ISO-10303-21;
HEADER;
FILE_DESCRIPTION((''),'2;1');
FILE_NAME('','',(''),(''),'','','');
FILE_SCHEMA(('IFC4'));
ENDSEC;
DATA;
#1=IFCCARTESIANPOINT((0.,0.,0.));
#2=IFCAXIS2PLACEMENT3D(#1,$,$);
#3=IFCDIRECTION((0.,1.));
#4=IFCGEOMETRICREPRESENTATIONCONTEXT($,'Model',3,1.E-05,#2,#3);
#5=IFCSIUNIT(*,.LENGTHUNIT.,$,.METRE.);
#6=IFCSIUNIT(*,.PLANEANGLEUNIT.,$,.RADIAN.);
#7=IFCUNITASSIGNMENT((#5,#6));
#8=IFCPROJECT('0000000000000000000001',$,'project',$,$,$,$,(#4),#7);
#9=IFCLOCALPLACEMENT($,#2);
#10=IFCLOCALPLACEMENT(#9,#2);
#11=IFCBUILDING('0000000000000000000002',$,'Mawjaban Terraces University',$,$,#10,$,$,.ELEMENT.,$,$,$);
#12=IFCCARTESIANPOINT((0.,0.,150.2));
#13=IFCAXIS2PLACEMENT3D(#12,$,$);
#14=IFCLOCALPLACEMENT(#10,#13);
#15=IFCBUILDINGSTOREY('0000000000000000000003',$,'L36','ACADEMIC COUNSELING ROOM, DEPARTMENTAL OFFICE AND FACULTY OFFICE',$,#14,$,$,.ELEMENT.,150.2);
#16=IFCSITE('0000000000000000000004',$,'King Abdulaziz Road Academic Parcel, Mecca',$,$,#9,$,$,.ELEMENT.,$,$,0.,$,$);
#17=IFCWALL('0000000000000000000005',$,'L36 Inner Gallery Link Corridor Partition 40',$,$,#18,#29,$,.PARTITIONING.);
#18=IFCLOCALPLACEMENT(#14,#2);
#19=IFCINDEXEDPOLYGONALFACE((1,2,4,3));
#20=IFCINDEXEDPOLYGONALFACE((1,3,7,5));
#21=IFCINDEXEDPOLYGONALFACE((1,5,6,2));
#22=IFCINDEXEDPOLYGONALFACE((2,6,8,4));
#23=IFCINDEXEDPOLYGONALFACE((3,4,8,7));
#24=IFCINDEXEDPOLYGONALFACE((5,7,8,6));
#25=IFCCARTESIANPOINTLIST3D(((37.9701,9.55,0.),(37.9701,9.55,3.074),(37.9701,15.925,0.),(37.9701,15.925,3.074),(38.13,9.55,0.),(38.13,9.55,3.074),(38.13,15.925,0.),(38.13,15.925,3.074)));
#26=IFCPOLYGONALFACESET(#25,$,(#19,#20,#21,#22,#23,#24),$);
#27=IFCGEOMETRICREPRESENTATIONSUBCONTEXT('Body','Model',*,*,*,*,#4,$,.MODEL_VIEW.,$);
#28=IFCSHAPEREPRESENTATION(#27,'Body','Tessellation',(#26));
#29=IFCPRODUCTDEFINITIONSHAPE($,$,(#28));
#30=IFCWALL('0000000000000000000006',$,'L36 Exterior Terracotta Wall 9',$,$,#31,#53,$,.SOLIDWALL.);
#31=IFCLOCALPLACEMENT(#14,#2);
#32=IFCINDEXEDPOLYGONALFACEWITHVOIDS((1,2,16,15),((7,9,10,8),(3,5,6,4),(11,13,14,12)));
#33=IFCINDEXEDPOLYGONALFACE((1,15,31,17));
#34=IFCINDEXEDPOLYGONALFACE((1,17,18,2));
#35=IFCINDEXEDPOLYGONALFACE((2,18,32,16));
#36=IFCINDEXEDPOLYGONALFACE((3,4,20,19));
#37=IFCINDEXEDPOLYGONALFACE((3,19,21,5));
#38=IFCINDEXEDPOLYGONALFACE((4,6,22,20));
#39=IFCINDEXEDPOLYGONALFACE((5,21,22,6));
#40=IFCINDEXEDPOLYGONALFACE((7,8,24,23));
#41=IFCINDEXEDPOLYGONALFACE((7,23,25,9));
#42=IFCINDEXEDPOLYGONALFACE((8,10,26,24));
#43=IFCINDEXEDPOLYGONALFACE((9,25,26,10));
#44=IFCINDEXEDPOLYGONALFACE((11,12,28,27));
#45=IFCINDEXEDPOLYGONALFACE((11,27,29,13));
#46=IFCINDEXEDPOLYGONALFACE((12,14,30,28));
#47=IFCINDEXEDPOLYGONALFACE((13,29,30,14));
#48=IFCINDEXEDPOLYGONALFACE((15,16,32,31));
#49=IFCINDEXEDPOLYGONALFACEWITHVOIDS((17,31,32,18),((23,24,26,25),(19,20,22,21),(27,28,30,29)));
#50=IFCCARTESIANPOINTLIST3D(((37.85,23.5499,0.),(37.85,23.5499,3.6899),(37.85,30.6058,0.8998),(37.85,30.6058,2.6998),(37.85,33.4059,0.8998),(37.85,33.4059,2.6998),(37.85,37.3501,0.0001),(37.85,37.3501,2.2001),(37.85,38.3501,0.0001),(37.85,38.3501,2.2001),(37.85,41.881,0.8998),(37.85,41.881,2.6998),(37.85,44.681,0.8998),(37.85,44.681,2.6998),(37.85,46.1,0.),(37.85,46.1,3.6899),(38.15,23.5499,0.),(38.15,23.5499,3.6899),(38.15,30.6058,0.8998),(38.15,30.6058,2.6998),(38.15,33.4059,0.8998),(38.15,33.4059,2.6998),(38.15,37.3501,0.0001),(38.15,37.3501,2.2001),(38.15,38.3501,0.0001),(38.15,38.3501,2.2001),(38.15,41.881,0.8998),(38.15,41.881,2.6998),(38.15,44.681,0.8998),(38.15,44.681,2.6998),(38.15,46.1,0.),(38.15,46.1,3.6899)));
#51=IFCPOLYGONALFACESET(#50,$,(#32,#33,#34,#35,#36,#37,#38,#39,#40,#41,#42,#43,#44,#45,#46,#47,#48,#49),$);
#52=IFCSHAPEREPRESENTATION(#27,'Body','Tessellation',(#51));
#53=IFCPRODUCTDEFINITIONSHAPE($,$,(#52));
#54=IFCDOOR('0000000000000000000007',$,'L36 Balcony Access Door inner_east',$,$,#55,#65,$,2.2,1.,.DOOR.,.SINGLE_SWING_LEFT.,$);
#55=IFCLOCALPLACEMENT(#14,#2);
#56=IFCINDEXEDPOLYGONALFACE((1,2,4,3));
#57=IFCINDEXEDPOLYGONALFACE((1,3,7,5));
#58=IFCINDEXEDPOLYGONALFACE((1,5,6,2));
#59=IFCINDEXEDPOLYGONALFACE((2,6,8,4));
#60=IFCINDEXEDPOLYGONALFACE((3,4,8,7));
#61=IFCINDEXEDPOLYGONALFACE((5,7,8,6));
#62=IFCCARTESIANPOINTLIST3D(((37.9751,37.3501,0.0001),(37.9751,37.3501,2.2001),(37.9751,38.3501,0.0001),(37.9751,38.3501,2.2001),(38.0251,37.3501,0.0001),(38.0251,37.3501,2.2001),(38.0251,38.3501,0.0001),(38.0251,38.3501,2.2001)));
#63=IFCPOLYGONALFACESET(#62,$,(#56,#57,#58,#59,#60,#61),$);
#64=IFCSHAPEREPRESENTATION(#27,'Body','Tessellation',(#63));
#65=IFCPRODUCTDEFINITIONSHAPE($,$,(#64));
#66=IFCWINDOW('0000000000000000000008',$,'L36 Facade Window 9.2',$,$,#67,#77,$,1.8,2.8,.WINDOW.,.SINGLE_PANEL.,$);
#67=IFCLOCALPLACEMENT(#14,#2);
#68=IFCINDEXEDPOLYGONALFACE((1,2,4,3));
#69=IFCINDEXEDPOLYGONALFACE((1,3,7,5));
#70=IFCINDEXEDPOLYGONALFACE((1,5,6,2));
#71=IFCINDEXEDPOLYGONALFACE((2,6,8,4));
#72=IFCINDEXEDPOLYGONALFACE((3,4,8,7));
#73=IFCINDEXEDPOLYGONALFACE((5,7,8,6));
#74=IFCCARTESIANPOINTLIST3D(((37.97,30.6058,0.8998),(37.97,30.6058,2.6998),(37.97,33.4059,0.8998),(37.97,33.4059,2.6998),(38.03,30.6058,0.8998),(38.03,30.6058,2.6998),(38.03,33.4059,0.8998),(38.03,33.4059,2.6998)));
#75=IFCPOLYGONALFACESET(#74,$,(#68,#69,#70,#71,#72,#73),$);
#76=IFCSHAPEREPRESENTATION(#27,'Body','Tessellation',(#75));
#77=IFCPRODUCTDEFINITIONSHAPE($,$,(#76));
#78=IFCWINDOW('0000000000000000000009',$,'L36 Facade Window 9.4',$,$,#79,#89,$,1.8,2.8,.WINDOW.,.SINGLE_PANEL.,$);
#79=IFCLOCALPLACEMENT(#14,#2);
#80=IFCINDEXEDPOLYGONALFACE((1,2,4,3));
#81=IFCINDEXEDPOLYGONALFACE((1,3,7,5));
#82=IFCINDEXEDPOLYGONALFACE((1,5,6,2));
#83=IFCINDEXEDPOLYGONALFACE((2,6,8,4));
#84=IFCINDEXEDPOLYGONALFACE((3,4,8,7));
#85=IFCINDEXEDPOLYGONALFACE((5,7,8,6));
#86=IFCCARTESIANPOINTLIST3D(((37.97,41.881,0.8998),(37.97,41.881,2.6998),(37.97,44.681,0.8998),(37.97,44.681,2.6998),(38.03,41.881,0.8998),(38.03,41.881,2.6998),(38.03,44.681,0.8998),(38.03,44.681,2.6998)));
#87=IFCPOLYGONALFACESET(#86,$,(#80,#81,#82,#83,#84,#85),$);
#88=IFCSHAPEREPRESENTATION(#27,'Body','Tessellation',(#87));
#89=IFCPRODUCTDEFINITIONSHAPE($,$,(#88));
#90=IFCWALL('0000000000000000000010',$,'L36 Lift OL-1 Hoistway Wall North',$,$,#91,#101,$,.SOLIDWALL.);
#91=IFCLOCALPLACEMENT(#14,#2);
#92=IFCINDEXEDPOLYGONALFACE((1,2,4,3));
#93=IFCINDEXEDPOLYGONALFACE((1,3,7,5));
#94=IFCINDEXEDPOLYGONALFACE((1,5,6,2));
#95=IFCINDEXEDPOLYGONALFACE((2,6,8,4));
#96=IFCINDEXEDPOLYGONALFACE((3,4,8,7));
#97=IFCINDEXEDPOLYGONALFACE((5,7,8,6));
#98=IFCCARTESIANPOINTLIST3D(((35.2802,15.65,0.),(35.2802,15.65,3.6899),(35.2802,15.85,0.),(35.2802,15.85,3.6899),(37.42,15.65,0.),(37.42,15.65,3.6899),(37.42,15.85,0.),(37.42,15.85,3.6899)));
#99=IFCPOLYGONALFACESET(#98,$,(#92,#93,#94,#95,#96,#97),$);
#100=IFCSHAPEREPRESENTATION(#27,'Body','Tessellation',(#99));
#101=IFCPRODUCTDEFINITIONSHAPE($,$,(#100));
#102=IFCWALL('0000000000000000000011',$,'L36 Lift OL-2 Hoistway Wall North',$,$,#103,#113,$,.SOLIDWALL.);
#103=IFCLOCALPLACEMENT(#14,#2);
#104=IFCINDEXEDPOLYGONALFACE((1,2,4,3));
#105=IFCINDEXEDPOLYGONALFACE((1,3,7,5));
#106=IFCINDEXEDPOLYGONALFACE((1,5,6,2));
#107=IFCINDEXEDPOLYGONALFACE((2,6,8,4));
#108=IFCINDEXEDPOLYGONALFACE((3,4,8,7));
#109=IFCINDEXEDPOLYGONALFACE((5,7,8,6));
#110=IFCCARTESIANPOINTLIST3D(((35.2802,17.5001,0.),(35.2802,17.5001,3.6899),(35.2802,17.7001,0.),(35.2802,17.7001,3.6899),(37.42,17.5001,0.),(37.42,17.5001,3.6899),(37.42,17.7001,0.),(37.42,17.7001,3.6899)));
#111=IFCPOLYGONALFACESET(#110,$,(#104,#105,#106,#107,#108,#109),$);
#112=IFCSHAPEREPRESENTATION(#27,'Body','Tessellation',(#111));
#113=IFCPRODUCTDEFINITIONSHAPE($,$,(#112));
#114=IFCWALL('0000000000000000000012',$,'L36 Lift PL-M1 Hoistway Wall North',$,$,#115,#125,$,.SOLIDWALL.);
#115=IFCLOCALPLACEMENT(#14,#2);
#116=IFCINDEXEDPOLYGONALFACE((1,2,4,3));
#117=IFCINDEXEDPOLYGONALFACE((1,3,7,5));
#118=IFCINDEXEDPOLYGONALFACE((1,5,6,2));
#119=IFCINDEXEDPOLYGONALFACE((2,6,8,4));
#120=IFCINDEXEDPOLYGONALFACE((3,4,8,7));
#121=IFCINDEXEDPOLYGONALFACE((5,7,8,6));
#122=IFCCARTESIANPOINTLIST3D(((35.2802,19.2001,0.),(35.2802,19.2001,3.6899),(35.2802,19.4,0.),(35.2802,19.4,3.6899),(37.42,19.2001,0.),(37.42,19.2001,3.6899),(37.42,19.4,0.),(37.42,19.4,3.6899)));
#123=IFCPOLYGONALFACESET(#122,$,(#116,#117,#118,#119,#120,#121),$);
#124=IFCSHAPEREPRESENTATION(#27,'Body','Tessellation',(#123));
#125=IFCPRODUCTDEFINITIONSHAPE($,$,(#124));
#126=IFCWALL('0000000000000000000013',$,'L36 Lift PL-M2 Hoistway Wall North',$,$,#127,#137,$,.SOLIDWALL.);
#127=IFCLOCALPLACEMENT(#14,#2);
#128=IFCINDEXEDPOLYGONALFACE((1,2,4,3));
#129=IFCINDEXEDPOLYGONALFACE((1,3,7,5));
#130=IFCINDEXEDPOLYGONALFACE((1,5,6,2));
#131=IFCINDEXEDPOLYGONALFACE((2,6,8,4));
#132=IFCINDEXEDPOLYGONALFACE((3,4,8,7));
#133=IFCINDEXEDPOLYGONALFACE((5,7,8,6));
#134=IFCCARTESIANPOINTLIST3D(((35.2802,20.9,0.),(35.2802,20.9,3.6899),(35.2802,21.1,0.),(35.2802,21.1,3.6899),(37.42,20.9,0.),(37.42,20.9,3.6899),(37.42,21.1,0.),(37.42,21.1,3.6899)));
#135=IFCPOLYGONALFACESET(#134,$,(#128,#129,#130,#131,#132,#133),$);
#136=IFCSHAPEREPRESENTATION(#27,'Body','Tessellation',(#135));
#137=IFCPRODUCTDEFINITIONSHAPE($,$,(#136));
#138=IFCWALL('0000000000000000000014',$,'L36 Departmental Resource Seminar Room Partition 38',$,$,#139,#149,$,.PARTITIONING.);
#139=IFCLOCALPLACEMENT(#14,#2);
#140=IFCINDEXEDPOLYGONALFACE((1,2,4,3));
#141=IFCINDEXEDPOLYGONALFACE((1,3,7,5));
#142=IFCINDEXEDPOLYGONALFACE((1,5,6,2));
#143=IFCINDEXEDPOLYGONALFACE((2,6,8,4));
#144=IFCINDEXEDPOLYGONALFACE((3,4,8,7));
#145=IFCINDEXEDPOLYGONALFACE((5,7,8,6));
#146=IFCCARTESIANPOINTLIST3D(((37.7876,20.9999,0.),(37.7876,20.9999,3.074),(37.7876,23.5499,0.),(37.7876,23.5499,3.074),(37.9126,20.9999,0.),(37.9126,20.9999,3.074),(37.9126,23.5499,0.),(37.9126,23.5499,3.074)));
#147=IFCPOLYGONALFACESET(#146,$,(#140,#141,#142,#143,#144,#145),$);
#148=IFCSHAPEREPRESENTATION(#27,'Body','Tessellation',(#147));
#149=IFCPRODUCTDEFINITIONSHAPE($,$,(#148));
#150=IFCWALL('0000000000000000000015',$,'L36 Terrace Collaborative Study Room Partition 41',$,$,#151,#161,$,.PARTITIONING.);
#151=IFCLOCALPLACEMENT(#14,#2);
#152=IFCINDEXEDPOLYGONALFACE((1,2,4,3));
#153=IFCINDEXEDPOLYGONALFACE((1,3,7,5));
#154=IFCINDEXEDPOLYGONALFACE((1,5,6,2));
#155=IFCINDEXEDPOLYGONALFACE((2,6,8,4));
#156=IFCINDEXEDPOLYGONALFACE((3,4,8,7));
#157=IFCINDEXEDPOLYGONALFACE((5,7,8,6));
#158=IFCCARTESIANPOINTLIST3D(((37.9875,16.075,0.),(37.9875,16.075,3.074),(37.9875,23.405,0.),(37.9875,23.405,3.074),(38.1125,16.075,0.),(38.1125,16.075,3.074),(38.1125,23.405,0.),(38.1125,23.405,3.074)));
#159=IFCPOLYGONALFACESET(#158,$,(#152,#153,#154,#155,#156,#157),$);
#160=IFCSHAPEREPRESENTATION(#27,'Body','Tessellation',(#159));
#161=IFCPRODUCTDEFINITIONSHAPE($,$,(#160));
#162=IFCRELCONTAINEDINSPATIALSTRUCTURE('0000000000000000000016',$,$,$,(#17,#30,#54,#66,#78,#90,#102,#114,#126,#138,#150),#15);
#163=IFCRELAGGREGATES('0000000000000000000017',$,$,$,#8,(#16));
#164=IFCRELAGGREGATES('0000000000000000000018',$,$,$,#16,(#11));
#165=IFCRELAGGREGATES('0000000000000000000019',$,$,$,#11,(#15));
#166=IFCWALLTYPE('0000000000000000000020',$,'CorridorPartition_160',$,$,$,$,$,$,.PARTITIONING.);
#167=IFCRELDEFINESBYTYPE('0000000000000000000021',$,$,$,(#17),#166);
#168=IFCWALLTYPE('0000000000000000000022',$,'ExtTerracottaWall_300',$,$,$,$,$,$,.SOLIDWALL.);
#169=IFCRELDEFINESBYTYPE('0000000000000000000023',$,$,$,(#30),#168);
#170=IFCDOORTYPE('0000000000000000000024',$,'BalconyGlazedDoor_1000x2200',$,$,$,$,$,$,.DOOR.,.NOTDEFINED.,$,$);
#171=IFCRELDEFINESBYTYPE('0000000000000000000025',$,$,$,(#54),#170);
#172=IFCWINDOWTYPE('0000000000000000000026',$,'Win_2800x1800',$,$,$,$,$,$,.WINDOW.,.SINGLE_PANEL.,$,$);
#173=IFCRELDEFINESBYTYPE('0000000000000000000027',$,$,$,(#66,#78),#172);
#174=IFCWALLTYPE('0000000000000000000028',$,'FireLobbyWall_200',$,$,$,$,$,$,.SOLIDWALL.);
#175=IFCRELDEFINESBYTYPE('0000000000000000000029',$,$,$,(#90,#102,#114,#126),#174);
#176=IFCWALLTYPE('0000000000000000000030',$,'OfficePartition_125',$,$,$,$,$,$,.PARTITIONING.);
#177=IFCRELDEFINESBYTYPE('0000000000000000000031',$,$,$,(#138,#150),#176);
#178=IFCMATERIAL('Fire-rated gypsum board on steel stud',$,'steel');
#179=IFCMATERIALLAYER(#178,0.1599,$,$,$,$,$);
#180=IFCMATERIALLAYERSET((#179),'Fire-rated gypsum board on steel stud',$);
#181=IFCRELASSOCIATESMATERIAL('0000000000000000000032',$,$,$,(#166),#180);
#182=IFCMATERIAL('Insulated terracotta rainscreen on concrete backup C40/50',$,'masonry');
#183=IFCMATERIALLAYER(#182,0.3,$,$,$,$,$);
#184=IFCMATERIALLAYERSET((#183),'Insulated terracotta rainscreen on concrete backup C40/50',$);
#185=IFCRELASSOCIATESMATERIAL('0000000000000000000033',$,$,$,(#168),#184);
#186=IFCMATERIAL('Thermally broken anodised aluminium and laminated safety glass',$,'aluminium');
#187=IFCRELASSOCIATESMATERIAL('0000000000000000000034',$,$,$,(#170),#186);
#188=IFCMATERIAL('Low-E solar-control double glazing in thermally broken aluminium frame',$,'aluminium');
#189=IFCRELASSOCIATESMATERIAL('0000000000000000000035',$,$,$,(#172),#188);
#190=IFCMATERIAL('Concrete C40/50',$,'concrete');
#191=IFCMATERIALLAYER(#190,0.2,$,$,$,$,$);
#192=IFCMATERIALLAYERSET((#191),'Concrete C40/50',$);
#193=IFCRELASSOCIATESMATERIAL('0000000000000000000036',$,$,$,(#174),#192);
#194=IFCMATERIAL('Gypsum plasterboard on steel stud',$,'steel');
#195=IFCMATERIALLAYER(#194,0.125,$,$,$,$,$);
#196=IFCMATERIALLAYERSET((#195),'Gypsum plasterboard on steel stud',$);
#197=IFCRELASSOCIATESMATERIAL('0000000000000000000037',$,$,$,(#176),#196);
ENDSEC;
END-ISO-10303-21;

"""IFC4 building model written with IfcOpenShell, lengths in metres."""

from ifc_helpers import new_model, si_unit, direction, frame, frame_2d, origin, place, context, subcontext, project, spatial, rectangle, extrude, material, layer, layer_set, type_object, element, fill, save


model = new_model("IFC4")

# Units and contexts
model_context = context("Model", 3, precision=1e-05, world=origin(), true_north=direction((0.0, 1.0)))
body_context = subcontext(model_context, "Body", "Model", "MODEL_VIEW")
ifc_project = project(units=[si_unit("LENGTHUNIT", "METRE"), si_unit("PLANEANGLEUNIT", "RADIAN")], contexts=[model_context])

# Site, building, storey
site_placement = place(None, origin())
site = spatial("IfcSite", under=ifc_project, at=site_placement, Name="King Abdulaziz Road Academic Parcel, Mecca", CompositionType="ELEMENT", RefElevation=0.0)
building_placement = place(site_placement, origin())
building = spatial("IfcBuilding", under=site, at=building_placement, Name="Mawjaban Terraces University", CompositionType="ELEMENT")
storey_placement = place(building_placement, frame((0.0, 0.0, 150.2)))
storey = spatial("IfcBuildingStorey", under=building, at=storey_placement, Name="L36", Description="ACADEMIC COUNSELING ROOM, DEPARTMENTAL OFFICE AND FACULTY OFFICE", CompositionType="ELEMENT", Elevation=150.2)

# Shared definitions
ifc_material_1 = material(Name="Fire-rated gypsum board on steel stud", Category="steel")
ifc_layer_1 = layer(ifc_material_1, 0.1599)
ifc_layer_set_1 = layer_set([ifc_layer_1], Name="Fire-rated gypsum board on steel stud")
wall_type_1 = type_object("IfcWallType", Name="CorridorPartition_160", PredefinedType="PARTITIONING", material=ifc_layer_set_1)

# Wall
wall_1_placement = place(storey_placement, frame((38.05, 15.925, 0.0), z_axis=(0.0, 0.0, 1.0), x_axis=(0.0, -1.0, 0.0)))
element("IfcWall", 1, at=wall_1_placement, inside=storey, type_object=wall_type_1, Name="L36 Inner Gallery Link Corridor Partition 40", PredefinedType="PARTITIONING", context=body_context, shape_type="SweptSolid", body=[
    extrude(rectangle(XDim=6.375, YDim=0.1599, at=frame_2d((3.1875, 0.0))), origin(), (0.0, 0.0, 1.0), 3.074),
])

# Wall, openings, door, windows
ifc_material_2 = material(Name="Insulated terracotta rainscreen on concrete backup C40/50", Category="masonry")
ifc_layer_2 = layer(ifc_material_2, 0.3)
ifc_layer_set_2 = layer_set([ifc_layer_2], Name="Insulated terracotta rainscreen on concrete backup C40/50")
wall_type_2 = type_object("IfcWallType", Name="ExtTerracottaWall_300", PredefinedType="SOLIDWALL", material=ifc_layer_set_2)
wall_2_placement = place(storey_placement, frame((38.0, 23.55, 0.0), z_axis=(0.0, 0.0, 1.0), x_axis=(0.0, 1.0, 0.0)))
wall_2 = element("IfcWall", 2, at=wall_2_placement, inside=storey, type_object=wall_type_2, Name="L36 Exterior Terracotta Wall 9", PredefinedType="SOLIDWALL", context=body_context, shape_type="SweptSolid", body=[
    extrude(rectangle(XDim=22.55, YDim=0.3, at=frame_2d((11.2749, 0.0))), origin(), (0.0, 0.0, 1.0), 3.6899),
])
opening_1_placement = place(wall_2_placement, frame((13.8, 0.0, 0.0)))
opening_1 = element("IfcOpeningElement", 3, at=opening_1_placement, cuts=wall_2, PredefinedType="OPENING", context=body_context, shape_type="SweptSolid", body=[
    extrude(rectangle(XDim=1.0, YDim=2.2, at=frame_2d((0.5, 1.1001))), frame((0.0, 0.1599, 0.0), z_axis=(0.0, -1.0, 0.0), x_axis=(1.0, 0.0, 0.0)), (0.0, 0.0, 1.0), 0.3201),
])
opening_2_placement = place(wall_2_placement, frame((7.0559, 0.0, 0.8999)))
opening_2 = element("IfcOpeningElement", 4, at=opening_2_placement, cuts=wall_2, PredefinedType="OPENING", context=body_context, shape_type="SweptSolid", body=[
    extrude(rectangle(XDim=2.8, YDim=1.8, at=frame_2d((1.3999, 0.8999))), frame((0.0, 0.1599, 0.0), z_axis=(0.0, -1.0, 0.0), x_axis=(1.0, 0.0, 0.0)), (0.0, 0.0, 1.0), 0.3201),
])
opening_3_placement = place(wall_2_placement, frame((18.3311, 0.0, 0.8999)))
opening_3 = element("IfcOpeningElement", 5, at=opening_3_placement, cuts=wall_2, PredefinedType="OPENING", context=body_context, shape_type="SweptSolid", body=[
    extrude(rectangle(XDim=2.8, YDim=1.8, at=frame_2d((1.3999, 0.8999))), frame((0.0, 0.1599, 0.0), z_axis=(0.0, -1.0, 0.0), x_axis=(1.0, 0.0, 0.0)), (0.0, 0.0, 1.0), 0.3201),
])
ifc_material_3 = material(Name="Thermally broken anodised aluminium and laminated safety glass", Category="aluminium")
door_type_1 = type_object("IfcDoorType", Name="BalconyGlazedDoor_1000x2200", OperationType="NOTDEFINED", PredefinedType="DOOR", material=ifc_material_3)
door_1_placement = place(opening_1_placement, origin())
door_1 = element("IfcDoor", 6, at=door_1_placement, inside=storey, type_object=door_type_1, Name="L36 Balcony Access Door inner_east", OperationType="SINGLE_SWING_LEFT", OverallHeight=2.2, OverallWidth=1.0, PredefinedType="DOOR", context=body_context, shape_type="SweptSolid", body=[
    extrude(rectangle(XDim=1.0, YDim=2.2, at=frame_2d((0.5, 1.1001))), frame((0.0, 0.0249, 0.0), z_axis=(0.0, -1.0, 0.0), x_axis=(1.0, 0.0, 0.0)), (0.0, 0.0, 1.0), 0.05),
])
fill(opening_1, door_1)
ifc_material_4 = material(Name="Low-E solar-control double glazing in thermally broken aluminium frame", Category="aluminium")
window_type = type_object("IfcWindowType", Name="Win_2800x1800", PartitioningType="SINGLE_PANEL", PredefinedType="WINDOW", material=ifc_material_4)
window_1_placement = place(opening_2_placement, origin())
window_1 = element("IfcWindow", 7, at=window_1_placement, inside=storey, type_object=window_type, Name="L36 Facade Window 9.2", OverallHeight=1.8, OverallWidth=2.8, PartitioningType="SINGLE_PANEL", PredefinedType="WINDOW", context=body_context, shape_type="SweptSolid", body=[
    extrude(rectangle(XDim=2.8, YDim=1.8, at=frame_2d((1.3999, 0.8999))), frame((0.0, 0.03, 0.0), z_axis=(0.0, -1.0, 0.0), x_axis=(1.0, 0.0, 0.0)), (0.0, 0.0, 1.0), 0.0601),
])
fill(opening_2, window_1)
window_2_placement = place(opening_3_placement, origin())
window_2 = element("IfcWindow", 8, at=window_2_placement, inside=storey, type_object=window_type, Name="L36 Facade Window 9.4", OverallHeight=1.8, OverallWidth=2.8, PartitioningType="SINGLE_PANEL", PredefinedType="WINDOW", context=body_context, shape_type="SweptSolid", body=[
    extrude(rectangle(XDim=2.8, YDim=1.8, at=frame_2d((1.3999, 0.8999))), frame((0.0, 0.03, 0.0), z_axis=(0.0, -1.0, 0.0), x_axis=(1.0, 0.0, 0.0)), (0.0, 0.0, 1.0), 0.0601),
])
fill(opening_3, window_2)

# Walls
ifc_material_5 = material(Name="Concrete C40/50", Category="concrete")
ifc_layer_3 = layer(ifc_material_5, 0.2)
ifc_layer_set_3 = layer_set([ifc_layer_3], Name="Concrete C40/50")
wall_type_3 = type_object("IfcWallType", Name="FireLobbyWall_200", PredefinedType="SOLIDWALL", material=ifc_layer_set_3)
for number, where, z_axis, x_axis, name in (
    (9, (37.4199, 15.75, 0.0), (0.0, 0.0, 1.0), (-1.0, 0.0, 0.0), "L36 Lift OL-1 Hoistway Wall North"),
    (10, (37.4199, 17.6001, 0.0), (0.0, 0.0, 1.0), (-1.0, 0.0, 0.0), "L36 Lift OL-2 Hoistway Wall North"),
    (11, (37.4199, 19.3, 0.0), (0.0, 0.0, 1.0), (-1.0, 0.0, 0.0), "L36 Lift PL-M1 Hoistway Wall North"),
    (12, (37.4199, 21.0, 0.0), (0.0, 0.0, 1.0), (-1.0, 0.0, 0.0), "L36 Lift PL-M2 Hoistway Wall North"),
):
    element("IfcWall", number, at=place(storey_placement, frame(where, z_axis=z_axis, x_axis=x_axis)), inside=storey, type_object=wall_type_3, Name=name, PredefinedType="SOLIDWALL", context=body_context, shape_type="SweptSolid", body=[
        extrude(rectangle(XDim=2.1399, YDim=0.2, at=frame_2d((1.0698, 0.0))), origin(), (0.0, 0.0, 1.0), 3.6899),
    ])
ifc_material_6 = material(Name="Gypsum plasterboard on steel stud", Category="steel")
ifc_layer_4 = layer(ifc_material_6, 0.125)
ifc_layer_set_4 = layer_set([ifc_layer_4], Name="Gypsum plasterboard on steel stud")
wall_type_4 = type_object("IfcWallType", Name="OfficePartition_125", PredefinedType="PARTITIONING", material=ifc_layer_set_4)
wall_3_placement = place(storey_placement, frame((37.8501, 21.0, 0.0), z_axis=(0.0, 0.0, 1.0), x_axis=(0.0, 1.0, 0.0)))
element("IfcWall", 13, at=wall_3_placement, inside=storey, type_object=wall_type_4, Name="L36 Departmental Resource Seminar Room Partition 38", PredefinedType="PARTITIONING", context=body_context, shape_type="SweptSolid", body=[
    extrude(rectangle(XDim=2.55, YDim=0.125, at=frame_2d((1.2749, 0.0))), origin(), (0.0, 0.0, 1.0), 3.074),
])
wall_4_placement = place(storey_placement, frame((38.05, 23.405, 0.0), z_axis=(0.0, 0.0, 1.0), x_axis=(0.0, -1.0, 0.0)))
element("IfcWall", 14, at=wall_4_placement, inside=storey, type_object=wall_type_4, Name="L36 Terrace Collaborative Study Room Partition 41", PredefinedType="PARTITIONING", context=body_context, shape_type="SweptSolid", body=[
    extrude(rectangle(XDim=7.3301, YDim=0.125, at=frame_2d((3.665, 0.0))), origin(), (0.0, 0.0, 1.0), 3.074),
])

save(model, "model.ifc")
